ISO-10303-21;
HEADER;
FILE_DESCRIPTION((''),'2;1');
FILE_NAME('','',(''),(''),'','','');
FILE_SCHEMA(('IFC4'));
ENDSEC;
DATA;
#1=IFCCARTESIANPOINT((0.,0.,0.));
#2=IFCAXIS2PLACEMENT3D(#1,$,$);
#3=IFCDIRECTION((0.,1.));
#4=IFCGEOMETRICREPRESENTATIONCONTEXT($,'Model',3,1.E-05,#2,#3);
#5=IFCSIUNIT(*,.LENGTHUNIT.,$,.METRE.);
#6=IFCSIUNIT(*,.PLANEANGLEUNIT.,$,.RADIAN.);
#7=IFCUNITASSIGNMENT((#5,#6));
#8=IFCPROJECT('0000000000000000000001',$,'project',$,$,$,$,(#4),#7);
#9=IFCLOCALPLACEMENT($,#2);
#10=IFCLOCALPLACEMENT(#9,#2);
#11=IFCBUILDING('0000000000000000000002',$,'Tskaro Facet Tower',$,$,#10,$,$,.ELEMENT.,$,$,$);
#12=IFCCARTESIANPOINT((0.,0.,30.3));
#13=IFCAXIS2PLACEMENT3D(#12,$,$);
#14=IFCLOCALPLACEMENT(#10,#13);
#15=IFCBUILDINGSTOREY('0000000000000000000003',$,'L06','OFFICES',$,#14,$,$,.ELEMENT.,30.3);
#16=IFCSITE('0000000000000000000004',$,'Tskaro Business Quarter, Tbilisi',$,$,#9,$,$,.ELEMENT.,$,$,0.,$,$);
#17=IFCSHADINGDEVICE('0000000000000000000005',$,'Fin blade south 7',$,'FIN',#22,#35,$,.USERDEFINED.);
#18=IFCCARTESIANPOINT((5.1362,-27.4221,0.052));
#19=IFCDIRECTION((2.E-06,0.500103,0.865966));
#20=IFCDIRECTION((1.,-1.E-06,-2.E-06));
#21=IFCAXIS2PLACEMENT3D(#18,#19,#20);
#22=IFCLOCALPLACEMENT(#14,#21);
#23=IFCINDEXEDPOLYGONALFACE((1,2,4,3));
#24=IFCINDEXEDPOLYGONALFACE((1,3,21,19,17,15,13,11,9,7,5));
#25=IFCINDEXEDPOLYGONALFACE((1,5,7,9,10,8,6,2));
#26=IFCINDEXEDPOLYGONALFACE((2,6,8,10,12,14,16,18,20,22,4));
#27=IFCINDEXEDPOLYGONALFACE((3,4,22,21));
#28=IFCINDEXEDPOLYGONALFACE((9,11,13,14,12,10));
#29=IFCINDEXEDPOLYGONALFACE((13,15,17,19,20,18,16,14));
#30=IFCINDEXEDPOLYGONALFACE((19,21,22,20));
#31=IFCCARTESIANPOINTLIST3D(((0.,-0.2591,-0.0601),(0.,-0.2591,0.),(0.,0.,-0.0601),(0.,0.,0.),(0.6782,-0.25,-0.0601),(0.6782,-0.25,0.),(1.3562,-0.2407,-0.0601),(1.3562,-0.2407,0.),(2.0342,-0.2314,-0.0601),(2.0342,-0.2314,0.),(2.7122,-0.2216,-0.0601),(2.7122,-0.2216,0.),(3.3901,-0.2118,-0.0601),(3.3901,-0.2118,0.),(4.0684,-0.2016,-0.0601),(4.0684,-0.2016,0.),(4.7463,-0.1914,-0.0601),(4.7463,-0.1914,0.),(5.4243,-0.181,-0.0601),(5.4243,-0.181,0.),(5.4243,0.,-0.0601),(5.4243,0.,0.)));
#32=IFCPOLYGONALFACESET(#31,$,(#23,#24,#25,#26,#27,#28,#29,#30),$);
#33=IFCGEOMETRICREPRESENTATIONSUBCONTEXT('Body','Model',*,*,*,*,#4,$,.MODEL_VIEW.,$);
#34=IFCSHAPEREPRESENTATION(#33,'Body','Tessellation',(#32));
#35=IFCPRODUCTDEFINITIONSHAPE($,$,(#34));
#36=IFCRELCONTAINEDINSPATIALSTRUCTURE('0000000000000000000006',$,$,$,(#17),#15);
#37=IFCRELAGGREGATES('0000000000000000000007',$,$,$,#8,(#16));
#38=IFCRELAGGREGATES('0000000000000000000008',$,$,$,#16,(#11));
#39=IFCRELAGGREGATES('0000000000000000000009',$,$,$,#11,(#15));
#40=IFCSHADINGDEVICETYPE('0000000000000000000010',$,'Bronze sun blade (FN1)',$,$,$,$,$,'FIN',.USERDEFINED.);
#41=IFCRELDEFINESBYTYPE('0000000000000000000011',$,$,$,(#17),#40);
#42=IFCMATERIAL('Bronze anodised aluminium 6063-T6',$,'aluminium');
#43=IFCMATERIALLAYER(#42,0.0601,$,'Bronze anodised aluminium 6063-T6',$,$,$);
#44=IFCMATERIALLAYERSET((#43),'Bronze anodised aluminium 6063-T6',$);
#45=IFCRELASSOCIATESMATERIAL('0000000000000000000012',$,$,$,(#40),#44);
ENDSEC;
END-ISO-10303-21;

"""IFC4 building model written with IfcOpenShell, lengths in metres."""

from ifc_helpers import new_model, si_unit, direction, frame, origin, place, context, subcontext, project, spatial, polyline, outline, extrude, material, layer, layer_set, type_object, element, save


model = new_model("IFC4")

# Units and contexts
model_context = context("Model", 3, precision=1e-05, world=origin(), true_north=direction((0.0, 1.0)))
body_context = subcontext(model_context, "Body", "Model", "MODEL_VIEW")
ifc_project = project(units=[si_unit("LENGTHUNIT", "METRE"), si_unit("PLANEANGLEUNIT", "RADIAN")], contexts=[model_context])

# Site, building, storey
site_placement = place(None, origin())
site = spatial("IfcSite", under=ifc_project, at=site_placement, Name="Tskaro Business Quarter, Tbilisi", CompositionType="ELEMENT", RefElevation=0.0)
building_placement = place(site_placement, origin())
building = spatial("IfcBuilding", under=site, at=building_placement, Name="Tskaro Facet Tower", CompositionType="ELEMENT")
storey_placement = place(building_placement, frame((0.0, 0.0, 30.3)))
storey = spatial("IfcBuildingStorey", under=building, at=storey_placement, Name="L06", Description="OFFICES", CompositionType="ELEMENT", Elevation=30.3)

# Shared definitions
ifc_material_1 = material(Name="Bronze anodised aluminium 6063-T6", Category="aluminium")

# Shading device
ifc_layer_1 = layer(ifc_material_1, 0.0601, Name="Bronze anodised aluminium 6063-T6")
ifc_layer_set_1 = layer_set([ifc_layer_1], Name="Bronze anodised aluminium 6063-T6")
shading_device_type = type_object("IfcShadingDeviceType", Name="Bronze sun blade (FN1)", ElementType="FIN", PredefinedType="USERDEFINED", material=ifc_layer_set_1)
shading_device_1_placement = place(storey_placement, frame((5.1362, -27.4221, 0.052), z_axis=(0.000002, 0.500103, 0.865966), x_axis=(1.0, -0.000001, -0.000002)))
element("IfcShadingDevice", 1, at=shading_device_1_placement, inside=storey, type_object=shading_device_type, Name="Fin blade south 7", ObjectType="FIN", PredefinedType="USERDEFINED", context=body_context, shape_type="SweptSolid", body=[
    extrude(outline(polyline([(0.0, 0.0), (5.4243, 0.0), (5.4243, -0.181), (4.7463, -0.1914), (4.0684, -0.2016), (3.3901, -0.2118), (2.7122, -0.2216), (2.0342, -0.2314), (1.3562, -0.2407), (0.6782, -0.25), (0.0, -0.2591), (0.0, 0.0)])), origin(), (0.0, 0.0, -1.0), 0.0601),
])

save(model, "model.ifc")
